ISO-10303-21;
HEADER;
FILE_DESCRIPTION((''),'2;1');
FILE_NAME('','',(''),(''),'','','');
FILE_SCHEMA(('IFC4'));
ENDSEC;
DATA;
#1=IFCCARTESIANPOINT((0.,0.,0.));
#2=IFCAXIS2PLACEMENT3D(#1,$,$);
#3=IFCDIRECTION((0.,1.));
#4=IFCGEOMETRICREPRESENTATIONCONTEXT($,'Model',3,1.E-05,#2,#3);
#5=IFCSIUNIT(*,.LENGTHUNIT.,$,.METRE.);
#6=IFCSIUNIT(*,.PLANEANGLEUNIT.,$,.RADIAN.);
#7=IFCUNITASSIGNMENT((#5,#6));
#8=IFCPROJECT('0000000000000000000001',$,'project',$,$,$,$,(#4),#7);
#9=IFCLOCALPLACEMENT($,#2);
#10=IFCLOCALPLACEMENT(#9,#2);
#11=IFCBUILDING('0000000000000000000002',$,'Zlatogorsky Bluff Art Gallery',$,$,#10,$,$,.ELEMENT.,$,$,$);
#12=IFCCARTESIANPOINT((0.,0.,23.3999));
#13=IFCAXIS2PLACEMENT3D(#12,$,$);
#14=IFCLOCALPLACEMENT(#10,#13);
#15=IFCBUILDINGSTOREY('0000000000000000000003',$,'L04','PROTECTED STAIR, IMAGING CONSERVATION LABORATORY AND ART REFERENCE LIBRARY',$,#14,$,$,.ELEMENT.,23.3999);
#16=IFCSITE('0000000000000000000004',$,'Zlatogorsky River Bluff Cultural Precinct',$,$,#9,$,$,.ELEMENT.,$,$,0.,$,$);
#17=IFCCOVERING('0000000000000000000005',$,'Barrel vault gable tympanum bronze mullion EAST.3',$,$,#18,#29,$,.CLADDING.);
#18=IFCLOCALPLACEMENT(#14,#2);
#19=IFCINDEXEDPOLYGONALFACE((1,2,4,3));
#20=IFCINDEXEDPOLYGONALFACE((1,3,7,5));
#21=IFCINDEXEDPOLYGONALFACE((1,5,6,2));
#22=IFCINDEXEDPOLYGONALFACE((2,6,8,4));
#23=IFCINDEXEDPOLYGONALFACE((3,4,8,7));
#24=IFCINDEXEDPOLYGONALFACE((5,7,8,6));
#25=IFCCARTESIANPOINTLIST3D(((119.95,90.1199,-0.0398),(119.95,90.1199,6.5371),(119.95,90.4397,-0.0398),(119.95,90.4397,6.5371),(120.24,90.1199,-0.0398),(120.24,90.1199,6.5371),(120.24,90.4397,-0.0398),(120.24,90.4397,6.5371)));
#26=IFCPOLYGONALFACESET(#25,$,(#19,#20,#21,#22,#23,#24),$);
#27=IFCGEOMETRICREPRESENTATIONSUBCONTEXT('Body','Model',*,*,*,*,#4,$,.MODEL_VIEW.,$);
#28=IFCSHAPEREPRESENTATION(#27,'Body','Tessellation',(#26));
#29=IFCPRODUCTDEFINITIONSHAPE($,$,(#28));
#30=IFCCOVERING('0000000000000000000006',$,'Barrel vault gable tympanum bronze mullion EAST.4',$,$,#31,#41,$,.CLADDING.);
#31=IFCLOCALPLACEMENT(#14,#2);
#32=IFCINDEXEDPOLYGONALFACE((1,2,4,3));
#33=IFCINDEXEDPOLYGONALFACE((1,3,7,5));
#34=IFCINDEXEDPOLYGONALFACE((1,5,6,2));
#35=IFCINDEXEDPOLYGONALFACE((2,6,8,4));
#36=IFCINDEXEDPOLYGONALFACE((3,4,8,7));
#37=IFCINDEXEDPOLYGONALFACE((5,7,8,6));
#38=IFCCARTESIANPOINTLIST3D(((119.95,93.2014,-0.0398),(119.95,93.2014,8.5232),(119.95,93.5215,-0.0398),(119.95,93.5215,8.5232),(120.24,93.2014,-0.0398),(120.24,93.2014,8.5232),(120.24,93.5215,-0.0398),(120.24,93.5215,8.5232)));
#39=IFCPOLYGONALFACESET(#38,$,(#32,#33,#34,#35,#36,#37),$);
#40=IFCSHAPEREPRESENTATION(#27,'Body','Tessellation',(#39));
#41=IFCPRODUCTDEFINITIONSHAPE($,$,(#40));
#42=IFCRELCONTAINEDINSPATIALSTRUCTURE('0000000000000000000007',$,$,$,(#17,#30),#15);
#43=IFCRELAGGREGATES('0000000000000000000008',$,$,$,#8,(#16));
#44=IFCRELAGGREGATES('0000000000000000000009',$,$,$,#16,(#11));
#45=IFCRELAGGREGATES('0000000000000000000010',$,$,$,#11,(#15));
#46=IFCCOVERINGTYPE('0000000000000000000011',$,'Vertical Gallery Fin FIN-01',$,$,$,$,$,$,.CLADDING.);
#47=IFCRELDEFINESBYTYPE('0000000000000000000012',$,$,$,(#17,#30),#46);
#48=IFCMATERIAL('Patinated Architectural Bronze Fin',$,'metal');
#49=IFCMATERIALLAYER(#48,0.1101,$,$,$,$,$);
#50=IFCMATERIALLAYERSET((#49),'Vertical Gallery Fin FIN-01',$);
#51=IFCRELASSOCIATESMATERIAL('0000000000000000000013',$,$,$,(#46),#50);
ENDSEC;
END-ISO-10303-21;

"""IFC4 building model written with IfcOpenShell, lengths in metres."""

from ifc_helpers import new_model, si_unit, direction, frame, origin, place, context, subcontext, project, spatial, polyline, outline, extrude, material, layer, layer_set, type_object, element, save


model = new_model("IFC4")

# Units and contexts
model_context = context("Model", 3, precision=1e-05, world=origin(), true_north=direction((0.0, 1.0)))
body_context = subcontext(model_context, "Body", "Model", "MODEL_VIEW")
ifc_project = project(units=[si_unit("LENGTHUNIT", "METRE"), si_unit("PLANEANGLEUNIT", "RADIAN")], contexts=[model_context])

# Site, building, storey
site_placement = place(None, origin())
site = spatial("IfcSite", under=ifc_project, at=site_placement, Name="Zlatogorsky River Bluff Cultural Precinct", CompositionType="ELEMENT", RefElevation=0.0)
building_placement = place(site_placement, origin())
building = spatial("IfcBuilding", under=site, at=building_placement, Name="Zlatogorsky Bluff Art Gallery", CompositionType="ELEMENT")
storey_placement = place(building_placement, frame((0.0, 0.0, 23.3999)))
storey = spatial("IfcBuildingStorey", under=building, at=storey_placement, Name="L04", Description="PROTECTED STAIR, IMAGING CONSERVATION LABORATORY AND ART REFERENCE LIBRARY", CompositionType="ELEMENT", Elevation=23.3999)

# Coverings
ifc_material_1 = material(Name="Patinated Architectural Bronze Fin", Category="metal")
ifc_layer_1 = layer(ifc_material_1, 0.1101)
ifc_layer_set_1 = layer_set([ifc_layer_1], Name="Vertical Gallery Fin FIN-01")
covering_type_1 = type_object("IfcCoveringType", Name="Vertical Gallery Fin FIN-01", PredefinedType="CLADDING", material=ifc_layer_set_1)
covering_1_placement = place(storey_placement, frame((0.0, 0.0, -0.0398)))
element("IfcCovering", 1, at=covering_1_placement, inside=storey, type_object=covering_type_1, Name="Barrel vault gable tympanum bronze mullion EAST.3", PredefinedType="CLADDING", context=body_context, shape_type="SweptSolid", body=[
    extrude(outline(polyline([(119.95, 90.1199), (120.24, 90.1199), (120.24, 90.4397), (119.95, 90.4397), (119.95, 90.1199)])), origin(), (0.0, 0.0, 1.0), 6.5769),
])
covering_2_placement = place(storey_placement, frame((0.0, 0.0, -0.0398)))
element("IfcCovering", 2, at=covering_2_placement, inside=storey, type_object=covering_type_1, Name="Barrel vault gable tympanum bronze mullion EAST.4", PredefinedType="CLADDING", context=body_context, shape_type="SweptSolid", body=[
    extrude(outline(polyline([(119.95, 93.2014), (120.24, 93.2014), (120.24, 93.5215), (119.95, 93.5215), (119.95, 93.2014)])), origin(), (0.0, 0.0, 1.0), 8.563),
])

save(model, "model.ifc")
